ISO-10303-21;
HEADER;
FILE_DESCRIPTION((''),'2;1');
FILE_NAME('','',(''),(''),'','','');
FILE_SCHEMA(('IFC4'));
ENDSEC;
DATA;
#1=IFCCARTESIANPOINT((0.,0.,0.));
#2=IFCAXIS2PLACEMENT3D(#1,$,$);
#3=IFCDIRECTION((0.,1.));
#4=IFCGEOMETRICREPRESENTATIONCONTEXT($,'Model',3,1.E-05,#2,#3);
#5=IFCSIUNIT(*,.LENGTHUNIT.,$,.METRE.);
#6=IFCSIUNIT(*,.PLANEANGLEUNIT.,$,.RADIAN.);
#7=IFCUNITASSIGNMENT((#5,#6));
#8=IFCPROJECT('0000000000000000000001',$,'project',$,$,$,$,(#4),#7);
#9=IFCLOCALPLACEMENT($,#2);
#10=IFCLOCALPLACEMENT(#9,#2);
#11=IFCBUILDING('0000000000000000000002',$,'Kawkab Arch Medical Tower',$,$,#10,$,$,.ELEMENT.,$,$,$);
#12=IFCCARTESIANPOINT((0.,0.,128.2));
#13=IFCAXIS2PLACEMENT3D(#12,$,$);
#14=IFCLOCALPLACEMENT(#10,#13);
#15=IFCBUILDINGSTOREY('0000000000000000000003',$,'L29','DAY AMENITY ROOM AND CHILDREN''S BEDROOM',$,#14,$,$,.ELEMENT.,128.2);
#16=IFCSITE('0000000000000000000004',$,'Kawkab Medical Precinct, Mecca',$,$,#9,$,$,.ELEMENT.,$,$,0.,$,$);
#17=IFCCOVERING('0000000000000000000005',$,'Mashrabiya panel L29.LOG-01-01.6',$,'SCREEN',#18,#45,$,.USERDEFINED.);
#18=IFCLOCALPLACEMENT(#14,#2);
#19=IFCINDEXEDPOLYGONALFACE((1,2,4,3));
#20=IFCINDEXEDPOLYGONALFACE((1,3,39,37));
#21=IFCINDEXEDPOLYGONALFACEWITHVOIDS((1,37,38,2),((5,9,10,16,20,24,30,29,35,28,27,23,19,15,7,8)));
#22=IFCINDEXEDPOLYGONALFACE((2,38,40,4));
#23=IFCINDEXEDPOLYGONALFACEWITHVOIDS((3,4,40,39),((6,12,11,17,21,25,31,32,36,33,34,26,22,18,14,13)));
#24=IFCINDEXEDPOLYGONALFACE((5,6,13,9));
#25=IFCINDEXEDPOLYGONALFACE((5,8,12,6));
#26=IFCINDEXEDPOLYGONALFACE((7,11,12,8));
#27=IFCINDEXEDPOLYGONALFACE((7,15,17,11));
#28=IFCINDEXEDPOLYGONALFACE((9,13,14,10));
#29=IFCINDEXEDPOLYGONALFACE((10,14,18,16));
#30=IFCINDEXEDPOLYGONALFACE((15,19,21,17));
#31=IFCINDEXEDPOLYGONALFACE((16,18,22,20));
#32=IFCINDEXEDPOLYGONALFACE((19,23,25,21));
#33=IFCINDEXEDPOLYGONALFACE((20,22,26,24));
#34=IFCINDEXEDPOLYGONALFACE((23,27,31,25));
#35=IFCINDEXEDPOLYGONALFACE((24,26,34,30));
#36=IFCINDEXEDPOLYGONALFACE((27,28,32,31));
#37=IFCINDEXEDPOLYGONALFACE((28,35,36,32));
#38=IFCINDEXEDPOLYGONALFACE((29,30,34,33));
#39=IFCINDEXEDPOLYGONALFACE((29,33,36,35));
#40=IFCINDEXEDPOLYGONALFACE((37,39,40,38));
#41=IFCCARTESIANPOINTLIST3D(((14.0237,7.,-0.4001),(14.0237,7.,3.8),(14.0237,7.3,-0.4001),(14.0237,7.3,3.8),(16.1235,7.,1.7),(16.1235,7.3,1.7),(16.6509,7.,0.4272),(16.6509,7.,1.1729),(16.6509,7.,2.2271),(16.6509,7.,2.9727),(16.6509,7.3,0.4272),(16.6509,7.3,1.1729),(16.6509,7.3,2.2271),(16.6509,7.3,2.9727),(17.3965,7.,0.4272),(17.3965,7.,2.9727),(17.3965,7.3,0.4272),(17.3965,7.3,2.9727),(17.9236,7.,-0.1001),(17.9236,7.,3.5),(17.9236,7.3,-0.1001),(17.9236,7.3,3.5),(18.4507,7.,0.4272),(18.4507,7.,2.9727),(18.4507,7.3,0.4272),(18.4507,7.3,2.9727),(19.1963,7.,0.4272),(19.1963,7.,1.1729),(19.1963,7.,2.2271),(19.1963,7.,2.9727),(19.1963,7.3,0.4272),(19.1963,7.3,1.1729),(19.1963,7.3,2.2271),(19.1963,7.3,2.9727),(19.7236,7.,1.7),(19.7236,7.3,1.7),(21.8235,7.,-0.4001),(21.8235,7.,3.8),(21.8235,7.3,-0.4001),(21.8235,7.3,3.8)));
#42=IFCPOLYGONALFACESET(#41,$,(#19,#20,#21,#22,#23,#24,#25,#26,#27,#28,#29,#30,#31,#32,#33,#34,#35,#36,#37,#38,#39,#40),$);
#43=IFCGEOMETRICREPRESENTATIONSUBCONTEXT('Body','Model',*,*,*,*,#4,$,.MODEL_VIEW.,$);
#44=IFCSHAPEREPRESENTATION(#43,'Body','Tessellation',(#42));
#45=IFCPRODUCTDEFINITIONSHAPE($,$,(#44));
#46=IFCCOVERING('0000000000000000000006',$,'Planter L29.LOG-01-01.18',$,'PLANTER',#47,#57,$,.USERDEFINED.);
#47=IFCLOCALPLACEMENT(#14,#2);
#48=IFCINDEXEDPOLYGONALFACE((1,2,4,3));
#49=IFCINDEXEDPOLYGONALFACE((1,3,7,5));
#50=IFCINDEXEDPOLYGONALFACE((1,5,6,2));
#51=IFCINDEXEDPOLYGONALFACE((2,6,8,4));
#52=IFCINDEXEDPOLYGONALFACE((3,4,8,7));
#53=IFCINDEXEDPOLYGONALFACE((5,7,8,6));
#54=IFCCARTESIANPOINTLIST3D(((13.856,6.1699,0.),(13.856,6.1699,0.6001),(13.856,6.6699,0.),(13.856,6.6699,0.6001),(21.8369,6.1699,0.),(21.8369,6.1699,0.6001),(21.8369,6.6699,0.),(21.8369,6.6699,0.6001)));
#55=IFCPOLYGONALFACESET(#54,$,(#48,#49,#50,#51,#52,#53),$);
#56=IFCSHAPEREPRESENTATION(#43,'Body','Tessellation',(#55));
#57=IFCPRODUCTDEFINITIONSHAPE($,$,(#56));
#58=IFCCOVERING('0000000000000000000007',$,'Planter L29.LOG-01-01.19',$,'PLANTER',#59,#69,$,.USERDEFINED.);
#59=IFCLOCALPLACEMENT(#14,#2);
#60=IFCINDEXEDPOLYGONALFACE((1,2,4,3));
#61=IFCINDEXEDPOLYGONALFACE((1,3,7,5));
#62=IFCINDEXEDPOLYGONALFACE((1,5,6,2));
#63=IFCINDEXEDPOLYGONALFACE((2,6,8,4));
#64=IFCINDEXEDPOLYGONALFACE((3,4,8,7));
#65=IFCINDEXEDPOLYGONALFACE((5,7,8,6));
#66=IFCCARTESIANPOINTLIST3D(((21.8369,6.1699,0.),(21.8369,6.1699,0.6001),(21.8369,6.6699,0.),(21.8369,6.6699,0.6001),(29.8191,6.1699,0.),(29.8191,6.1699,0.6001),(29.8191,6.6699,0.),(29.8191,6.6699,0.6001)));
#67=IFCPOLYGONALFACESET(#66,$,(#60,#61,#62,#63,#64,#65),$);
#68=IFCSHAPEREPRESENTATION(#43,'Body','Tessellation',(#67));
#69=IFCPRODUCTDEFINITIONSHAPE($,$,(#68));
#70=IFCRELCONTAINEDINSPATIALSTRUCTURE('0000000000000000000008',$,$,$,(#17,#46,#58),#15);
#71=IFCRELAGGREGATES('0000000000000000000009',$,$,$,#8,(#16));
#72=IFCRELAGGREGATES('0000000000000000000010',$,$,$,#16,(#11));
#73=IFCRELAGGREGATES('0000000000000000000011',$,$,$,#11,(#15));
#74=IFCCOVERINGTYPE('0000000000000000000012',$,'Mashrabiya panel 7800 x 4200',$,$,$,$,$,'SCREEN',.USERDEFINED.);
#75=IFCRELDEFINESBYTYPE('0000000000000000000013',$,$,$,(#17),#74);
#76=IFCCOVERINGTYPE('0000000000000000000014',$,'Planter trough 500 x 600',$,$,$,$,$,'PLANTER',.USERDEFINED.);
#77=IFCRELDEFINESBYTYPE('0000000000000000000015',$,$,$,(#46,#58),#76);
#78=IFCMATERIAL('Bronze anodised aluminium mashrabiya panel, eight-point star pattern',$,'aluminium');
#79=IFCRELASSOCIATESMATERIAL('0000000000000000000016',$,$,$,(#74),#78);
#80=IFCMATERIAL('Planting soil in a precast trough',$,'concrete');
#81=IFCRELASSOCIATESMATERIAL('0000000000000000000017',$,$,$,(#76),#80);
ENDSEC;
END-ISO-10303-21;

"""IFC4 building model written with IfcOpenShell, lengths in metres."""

from ifc_helpers import new_model, si_unit, direction, frame, origin, origin_2d, place, context, subcontext, project, spatial, polyline, rectangle, outline, extrude, material, material_profile, profile_set, type_object, element, save


model = new_model("IFC4")

# Units and contexts
model_context = context("Model", 3, precision=1e-05, world=origin(), true_north=direction((0.0, 1.0)))
body_context = subcontext(model_context, "Body", "Model", "MODEL_VIEW")
ifc_project = project(units=[si_unit("LENGTHUNIT", "METRE"), si_unit("PLANEANGLEUNIT", "RADIAN")], contexts=[model_context])

# Site, building, storey
site_placement = place(None, origin())
site = spatial("IfcSite", under=ifc_project, at=site_placement, Name="Kawkab Medical Precinct, Mecca", CompositionType="ELEMENT", RefElevation=0.0)
building_placement = place(site_placement, origin())
building = spatial("IfcBuilding", under=site, at=building_placement, Name="Kawkab Arch Medical Tower", CompositionType="ELEMENT")
storey_placement = place(building_placement, frame((0.0, 0.0, 128.2)))
storey = spatial("IfcBuildingStorey", under=building, at=storey_placement, Name="L29", Description="DAY AMENITY ROOM AND CHILDREN'S BEDROOM", CompositionType="ELEMENT", Elevation=128.2)

# Coverings
ifc_material_1 = material(Name="Bronze anodised aluminium mashrabiya panel, eight-point star pattern", Category="aluminium")
ifc_material_profile_1 = material_profile(ifc_material_1, outline(polyline([(-3.8999, -2.1001), (3.8999, -2.1001), (3.8999, 2.1001), (-3.8999, 2.1001), (-3.8999, -2.1001)]), holes=[polyline([(1.8, 0.0), (1.2727, 0.5271), (1.2727, 1.2727), (0.5271, 1.2727), (0.0, 1.8), (-0.5271, 1.2727), (-1.2727, 1.2727), (-1.2727, 0.5271), (-1.8, 0.0), (-1.2727, -0.5271), (-1.2727, -1.2727), (-0.5271, -1.2727), (0.0, -1.8), (0.5271, -1.2727), (1.2727, -1.2727), (1.2727, -0.5271), (1.8, 0.0)])]), Name="Mashrabiya panel 7800x4200")
ifc_profile_set_1 = profile_set([ifc_material_profile_1], Name="Bronze anodised aluminium mashrabiya panel, eight-point star pattern")
covering_type_1 = type_object("IfcCoveringType", Name="Mashrabiya panel 7800 x 4200", ElementType="SCREEN", PredefinedType="USERDEFINED", material=ifc_profile_set_1)
covering_1_placement = place(storey_placement, frame((17.9236, 7.0, 1.7), z_axis=(0.0, 1.0, 0.0), x_axis=(-1.0, 0.0, 0.0)))
element("IfcCovering", 1, at=covering_1_placement, inside=storey, type_object=covering_type_1, Name="Mashrabiya panel L29.LOG-01-01.6", ObjectType="SCREEN", PredefinedType="USERDEFINED", context=body_context, shape_type="SweptSolid", body=[
    extrude(outline(polyline([(-3.8999, -2.1001), (3.8999, -2.1001), (3.8999, 2.1001), (-3.8999, 2.1001), (-3.8999, -2.1001)]), holes=[polyline([(1.8, 0.0), (1.2727, 0.5271), (1.2727, 1.2727), (0.5271, 1.2727), (0.0, 1.8), (-0.5271, 1.2727), (-1.2727, 1.2727), (-1.2727, 0.5271), (-1.8, 0.0), (-1.2727, -0.5271), (-1.2727, -1.2727), (-0.5271, -1.2727), (0.0, -1.8), (0.5271, -1.2727), (1.2727, -1.2727), (1.2727, -0.5271), (1.8, 0.0)])]), origin(), (0.0, 0.0, 1.0), 0.3),
])
ifc_material_2 = material(Name="Planting soil in a precast trough", Category="concrete")
ifc_material_profile_2 = material_profile(ifc_material_2, rectangle(XDim=0.5, YDim=0.6001, at=origin_2d()), Name="Trough 500x600")
ifc_profile_set_2 = profile_set([ifc_material_profile_2], Name="Planting soil in a precast trough")
covering_type_2 = type_object("IfcCoveringType", Name="Planter trough 500 x 600", ElementType="PLANTER", PredefinedType="USERDEFINED", material=ifc_profile_set_2)
covering_2_placement = place(storey_placement, frame((13.856, 6.4199, 0.3), z_axis=(1.0, 0.0, 0.0), x_axis=(0.0, 1.0, 0.0)))
element("IfcCovering", 2, at=covering_2_placement, inside=storey, type_object=covering_type_2, Name="Planter L29.LOG-01-01.18", ObjectType="PLANTER", PredefinedType="USERDEFINED", context=body_context, shape_type="SweptSolid", body=[
    extrude(rectangle(XDim=0.5, YDim=0.6001, at=origin_2d()), origin(), (0.0, 0.0, 1.0), 7.981),
])
covering_3_placement = place(storey_placement, frame((21.8369, 6.4199, 0.3), z_axis=(1.0, 0.0, 0.0), x_axis=(0.0, 1.0, 0.0)))
element("IfcCovering", 3, at=covering_3_placement, inside=storey, type_object=covering_type_2, Name="Planter L29.LOG-01-01.19", ObjectType="PLANTER", PredefinedType="USERDEFINED", context=body_context, shape_type="SweptSolid", body=[
    extrude(rectangle(XDim=0.5, YDim=0.6001, at=origin_2d()), origin(), (0.0, 0.0, 1.0), 7.9822),
])

save(model, "model.ifc")
